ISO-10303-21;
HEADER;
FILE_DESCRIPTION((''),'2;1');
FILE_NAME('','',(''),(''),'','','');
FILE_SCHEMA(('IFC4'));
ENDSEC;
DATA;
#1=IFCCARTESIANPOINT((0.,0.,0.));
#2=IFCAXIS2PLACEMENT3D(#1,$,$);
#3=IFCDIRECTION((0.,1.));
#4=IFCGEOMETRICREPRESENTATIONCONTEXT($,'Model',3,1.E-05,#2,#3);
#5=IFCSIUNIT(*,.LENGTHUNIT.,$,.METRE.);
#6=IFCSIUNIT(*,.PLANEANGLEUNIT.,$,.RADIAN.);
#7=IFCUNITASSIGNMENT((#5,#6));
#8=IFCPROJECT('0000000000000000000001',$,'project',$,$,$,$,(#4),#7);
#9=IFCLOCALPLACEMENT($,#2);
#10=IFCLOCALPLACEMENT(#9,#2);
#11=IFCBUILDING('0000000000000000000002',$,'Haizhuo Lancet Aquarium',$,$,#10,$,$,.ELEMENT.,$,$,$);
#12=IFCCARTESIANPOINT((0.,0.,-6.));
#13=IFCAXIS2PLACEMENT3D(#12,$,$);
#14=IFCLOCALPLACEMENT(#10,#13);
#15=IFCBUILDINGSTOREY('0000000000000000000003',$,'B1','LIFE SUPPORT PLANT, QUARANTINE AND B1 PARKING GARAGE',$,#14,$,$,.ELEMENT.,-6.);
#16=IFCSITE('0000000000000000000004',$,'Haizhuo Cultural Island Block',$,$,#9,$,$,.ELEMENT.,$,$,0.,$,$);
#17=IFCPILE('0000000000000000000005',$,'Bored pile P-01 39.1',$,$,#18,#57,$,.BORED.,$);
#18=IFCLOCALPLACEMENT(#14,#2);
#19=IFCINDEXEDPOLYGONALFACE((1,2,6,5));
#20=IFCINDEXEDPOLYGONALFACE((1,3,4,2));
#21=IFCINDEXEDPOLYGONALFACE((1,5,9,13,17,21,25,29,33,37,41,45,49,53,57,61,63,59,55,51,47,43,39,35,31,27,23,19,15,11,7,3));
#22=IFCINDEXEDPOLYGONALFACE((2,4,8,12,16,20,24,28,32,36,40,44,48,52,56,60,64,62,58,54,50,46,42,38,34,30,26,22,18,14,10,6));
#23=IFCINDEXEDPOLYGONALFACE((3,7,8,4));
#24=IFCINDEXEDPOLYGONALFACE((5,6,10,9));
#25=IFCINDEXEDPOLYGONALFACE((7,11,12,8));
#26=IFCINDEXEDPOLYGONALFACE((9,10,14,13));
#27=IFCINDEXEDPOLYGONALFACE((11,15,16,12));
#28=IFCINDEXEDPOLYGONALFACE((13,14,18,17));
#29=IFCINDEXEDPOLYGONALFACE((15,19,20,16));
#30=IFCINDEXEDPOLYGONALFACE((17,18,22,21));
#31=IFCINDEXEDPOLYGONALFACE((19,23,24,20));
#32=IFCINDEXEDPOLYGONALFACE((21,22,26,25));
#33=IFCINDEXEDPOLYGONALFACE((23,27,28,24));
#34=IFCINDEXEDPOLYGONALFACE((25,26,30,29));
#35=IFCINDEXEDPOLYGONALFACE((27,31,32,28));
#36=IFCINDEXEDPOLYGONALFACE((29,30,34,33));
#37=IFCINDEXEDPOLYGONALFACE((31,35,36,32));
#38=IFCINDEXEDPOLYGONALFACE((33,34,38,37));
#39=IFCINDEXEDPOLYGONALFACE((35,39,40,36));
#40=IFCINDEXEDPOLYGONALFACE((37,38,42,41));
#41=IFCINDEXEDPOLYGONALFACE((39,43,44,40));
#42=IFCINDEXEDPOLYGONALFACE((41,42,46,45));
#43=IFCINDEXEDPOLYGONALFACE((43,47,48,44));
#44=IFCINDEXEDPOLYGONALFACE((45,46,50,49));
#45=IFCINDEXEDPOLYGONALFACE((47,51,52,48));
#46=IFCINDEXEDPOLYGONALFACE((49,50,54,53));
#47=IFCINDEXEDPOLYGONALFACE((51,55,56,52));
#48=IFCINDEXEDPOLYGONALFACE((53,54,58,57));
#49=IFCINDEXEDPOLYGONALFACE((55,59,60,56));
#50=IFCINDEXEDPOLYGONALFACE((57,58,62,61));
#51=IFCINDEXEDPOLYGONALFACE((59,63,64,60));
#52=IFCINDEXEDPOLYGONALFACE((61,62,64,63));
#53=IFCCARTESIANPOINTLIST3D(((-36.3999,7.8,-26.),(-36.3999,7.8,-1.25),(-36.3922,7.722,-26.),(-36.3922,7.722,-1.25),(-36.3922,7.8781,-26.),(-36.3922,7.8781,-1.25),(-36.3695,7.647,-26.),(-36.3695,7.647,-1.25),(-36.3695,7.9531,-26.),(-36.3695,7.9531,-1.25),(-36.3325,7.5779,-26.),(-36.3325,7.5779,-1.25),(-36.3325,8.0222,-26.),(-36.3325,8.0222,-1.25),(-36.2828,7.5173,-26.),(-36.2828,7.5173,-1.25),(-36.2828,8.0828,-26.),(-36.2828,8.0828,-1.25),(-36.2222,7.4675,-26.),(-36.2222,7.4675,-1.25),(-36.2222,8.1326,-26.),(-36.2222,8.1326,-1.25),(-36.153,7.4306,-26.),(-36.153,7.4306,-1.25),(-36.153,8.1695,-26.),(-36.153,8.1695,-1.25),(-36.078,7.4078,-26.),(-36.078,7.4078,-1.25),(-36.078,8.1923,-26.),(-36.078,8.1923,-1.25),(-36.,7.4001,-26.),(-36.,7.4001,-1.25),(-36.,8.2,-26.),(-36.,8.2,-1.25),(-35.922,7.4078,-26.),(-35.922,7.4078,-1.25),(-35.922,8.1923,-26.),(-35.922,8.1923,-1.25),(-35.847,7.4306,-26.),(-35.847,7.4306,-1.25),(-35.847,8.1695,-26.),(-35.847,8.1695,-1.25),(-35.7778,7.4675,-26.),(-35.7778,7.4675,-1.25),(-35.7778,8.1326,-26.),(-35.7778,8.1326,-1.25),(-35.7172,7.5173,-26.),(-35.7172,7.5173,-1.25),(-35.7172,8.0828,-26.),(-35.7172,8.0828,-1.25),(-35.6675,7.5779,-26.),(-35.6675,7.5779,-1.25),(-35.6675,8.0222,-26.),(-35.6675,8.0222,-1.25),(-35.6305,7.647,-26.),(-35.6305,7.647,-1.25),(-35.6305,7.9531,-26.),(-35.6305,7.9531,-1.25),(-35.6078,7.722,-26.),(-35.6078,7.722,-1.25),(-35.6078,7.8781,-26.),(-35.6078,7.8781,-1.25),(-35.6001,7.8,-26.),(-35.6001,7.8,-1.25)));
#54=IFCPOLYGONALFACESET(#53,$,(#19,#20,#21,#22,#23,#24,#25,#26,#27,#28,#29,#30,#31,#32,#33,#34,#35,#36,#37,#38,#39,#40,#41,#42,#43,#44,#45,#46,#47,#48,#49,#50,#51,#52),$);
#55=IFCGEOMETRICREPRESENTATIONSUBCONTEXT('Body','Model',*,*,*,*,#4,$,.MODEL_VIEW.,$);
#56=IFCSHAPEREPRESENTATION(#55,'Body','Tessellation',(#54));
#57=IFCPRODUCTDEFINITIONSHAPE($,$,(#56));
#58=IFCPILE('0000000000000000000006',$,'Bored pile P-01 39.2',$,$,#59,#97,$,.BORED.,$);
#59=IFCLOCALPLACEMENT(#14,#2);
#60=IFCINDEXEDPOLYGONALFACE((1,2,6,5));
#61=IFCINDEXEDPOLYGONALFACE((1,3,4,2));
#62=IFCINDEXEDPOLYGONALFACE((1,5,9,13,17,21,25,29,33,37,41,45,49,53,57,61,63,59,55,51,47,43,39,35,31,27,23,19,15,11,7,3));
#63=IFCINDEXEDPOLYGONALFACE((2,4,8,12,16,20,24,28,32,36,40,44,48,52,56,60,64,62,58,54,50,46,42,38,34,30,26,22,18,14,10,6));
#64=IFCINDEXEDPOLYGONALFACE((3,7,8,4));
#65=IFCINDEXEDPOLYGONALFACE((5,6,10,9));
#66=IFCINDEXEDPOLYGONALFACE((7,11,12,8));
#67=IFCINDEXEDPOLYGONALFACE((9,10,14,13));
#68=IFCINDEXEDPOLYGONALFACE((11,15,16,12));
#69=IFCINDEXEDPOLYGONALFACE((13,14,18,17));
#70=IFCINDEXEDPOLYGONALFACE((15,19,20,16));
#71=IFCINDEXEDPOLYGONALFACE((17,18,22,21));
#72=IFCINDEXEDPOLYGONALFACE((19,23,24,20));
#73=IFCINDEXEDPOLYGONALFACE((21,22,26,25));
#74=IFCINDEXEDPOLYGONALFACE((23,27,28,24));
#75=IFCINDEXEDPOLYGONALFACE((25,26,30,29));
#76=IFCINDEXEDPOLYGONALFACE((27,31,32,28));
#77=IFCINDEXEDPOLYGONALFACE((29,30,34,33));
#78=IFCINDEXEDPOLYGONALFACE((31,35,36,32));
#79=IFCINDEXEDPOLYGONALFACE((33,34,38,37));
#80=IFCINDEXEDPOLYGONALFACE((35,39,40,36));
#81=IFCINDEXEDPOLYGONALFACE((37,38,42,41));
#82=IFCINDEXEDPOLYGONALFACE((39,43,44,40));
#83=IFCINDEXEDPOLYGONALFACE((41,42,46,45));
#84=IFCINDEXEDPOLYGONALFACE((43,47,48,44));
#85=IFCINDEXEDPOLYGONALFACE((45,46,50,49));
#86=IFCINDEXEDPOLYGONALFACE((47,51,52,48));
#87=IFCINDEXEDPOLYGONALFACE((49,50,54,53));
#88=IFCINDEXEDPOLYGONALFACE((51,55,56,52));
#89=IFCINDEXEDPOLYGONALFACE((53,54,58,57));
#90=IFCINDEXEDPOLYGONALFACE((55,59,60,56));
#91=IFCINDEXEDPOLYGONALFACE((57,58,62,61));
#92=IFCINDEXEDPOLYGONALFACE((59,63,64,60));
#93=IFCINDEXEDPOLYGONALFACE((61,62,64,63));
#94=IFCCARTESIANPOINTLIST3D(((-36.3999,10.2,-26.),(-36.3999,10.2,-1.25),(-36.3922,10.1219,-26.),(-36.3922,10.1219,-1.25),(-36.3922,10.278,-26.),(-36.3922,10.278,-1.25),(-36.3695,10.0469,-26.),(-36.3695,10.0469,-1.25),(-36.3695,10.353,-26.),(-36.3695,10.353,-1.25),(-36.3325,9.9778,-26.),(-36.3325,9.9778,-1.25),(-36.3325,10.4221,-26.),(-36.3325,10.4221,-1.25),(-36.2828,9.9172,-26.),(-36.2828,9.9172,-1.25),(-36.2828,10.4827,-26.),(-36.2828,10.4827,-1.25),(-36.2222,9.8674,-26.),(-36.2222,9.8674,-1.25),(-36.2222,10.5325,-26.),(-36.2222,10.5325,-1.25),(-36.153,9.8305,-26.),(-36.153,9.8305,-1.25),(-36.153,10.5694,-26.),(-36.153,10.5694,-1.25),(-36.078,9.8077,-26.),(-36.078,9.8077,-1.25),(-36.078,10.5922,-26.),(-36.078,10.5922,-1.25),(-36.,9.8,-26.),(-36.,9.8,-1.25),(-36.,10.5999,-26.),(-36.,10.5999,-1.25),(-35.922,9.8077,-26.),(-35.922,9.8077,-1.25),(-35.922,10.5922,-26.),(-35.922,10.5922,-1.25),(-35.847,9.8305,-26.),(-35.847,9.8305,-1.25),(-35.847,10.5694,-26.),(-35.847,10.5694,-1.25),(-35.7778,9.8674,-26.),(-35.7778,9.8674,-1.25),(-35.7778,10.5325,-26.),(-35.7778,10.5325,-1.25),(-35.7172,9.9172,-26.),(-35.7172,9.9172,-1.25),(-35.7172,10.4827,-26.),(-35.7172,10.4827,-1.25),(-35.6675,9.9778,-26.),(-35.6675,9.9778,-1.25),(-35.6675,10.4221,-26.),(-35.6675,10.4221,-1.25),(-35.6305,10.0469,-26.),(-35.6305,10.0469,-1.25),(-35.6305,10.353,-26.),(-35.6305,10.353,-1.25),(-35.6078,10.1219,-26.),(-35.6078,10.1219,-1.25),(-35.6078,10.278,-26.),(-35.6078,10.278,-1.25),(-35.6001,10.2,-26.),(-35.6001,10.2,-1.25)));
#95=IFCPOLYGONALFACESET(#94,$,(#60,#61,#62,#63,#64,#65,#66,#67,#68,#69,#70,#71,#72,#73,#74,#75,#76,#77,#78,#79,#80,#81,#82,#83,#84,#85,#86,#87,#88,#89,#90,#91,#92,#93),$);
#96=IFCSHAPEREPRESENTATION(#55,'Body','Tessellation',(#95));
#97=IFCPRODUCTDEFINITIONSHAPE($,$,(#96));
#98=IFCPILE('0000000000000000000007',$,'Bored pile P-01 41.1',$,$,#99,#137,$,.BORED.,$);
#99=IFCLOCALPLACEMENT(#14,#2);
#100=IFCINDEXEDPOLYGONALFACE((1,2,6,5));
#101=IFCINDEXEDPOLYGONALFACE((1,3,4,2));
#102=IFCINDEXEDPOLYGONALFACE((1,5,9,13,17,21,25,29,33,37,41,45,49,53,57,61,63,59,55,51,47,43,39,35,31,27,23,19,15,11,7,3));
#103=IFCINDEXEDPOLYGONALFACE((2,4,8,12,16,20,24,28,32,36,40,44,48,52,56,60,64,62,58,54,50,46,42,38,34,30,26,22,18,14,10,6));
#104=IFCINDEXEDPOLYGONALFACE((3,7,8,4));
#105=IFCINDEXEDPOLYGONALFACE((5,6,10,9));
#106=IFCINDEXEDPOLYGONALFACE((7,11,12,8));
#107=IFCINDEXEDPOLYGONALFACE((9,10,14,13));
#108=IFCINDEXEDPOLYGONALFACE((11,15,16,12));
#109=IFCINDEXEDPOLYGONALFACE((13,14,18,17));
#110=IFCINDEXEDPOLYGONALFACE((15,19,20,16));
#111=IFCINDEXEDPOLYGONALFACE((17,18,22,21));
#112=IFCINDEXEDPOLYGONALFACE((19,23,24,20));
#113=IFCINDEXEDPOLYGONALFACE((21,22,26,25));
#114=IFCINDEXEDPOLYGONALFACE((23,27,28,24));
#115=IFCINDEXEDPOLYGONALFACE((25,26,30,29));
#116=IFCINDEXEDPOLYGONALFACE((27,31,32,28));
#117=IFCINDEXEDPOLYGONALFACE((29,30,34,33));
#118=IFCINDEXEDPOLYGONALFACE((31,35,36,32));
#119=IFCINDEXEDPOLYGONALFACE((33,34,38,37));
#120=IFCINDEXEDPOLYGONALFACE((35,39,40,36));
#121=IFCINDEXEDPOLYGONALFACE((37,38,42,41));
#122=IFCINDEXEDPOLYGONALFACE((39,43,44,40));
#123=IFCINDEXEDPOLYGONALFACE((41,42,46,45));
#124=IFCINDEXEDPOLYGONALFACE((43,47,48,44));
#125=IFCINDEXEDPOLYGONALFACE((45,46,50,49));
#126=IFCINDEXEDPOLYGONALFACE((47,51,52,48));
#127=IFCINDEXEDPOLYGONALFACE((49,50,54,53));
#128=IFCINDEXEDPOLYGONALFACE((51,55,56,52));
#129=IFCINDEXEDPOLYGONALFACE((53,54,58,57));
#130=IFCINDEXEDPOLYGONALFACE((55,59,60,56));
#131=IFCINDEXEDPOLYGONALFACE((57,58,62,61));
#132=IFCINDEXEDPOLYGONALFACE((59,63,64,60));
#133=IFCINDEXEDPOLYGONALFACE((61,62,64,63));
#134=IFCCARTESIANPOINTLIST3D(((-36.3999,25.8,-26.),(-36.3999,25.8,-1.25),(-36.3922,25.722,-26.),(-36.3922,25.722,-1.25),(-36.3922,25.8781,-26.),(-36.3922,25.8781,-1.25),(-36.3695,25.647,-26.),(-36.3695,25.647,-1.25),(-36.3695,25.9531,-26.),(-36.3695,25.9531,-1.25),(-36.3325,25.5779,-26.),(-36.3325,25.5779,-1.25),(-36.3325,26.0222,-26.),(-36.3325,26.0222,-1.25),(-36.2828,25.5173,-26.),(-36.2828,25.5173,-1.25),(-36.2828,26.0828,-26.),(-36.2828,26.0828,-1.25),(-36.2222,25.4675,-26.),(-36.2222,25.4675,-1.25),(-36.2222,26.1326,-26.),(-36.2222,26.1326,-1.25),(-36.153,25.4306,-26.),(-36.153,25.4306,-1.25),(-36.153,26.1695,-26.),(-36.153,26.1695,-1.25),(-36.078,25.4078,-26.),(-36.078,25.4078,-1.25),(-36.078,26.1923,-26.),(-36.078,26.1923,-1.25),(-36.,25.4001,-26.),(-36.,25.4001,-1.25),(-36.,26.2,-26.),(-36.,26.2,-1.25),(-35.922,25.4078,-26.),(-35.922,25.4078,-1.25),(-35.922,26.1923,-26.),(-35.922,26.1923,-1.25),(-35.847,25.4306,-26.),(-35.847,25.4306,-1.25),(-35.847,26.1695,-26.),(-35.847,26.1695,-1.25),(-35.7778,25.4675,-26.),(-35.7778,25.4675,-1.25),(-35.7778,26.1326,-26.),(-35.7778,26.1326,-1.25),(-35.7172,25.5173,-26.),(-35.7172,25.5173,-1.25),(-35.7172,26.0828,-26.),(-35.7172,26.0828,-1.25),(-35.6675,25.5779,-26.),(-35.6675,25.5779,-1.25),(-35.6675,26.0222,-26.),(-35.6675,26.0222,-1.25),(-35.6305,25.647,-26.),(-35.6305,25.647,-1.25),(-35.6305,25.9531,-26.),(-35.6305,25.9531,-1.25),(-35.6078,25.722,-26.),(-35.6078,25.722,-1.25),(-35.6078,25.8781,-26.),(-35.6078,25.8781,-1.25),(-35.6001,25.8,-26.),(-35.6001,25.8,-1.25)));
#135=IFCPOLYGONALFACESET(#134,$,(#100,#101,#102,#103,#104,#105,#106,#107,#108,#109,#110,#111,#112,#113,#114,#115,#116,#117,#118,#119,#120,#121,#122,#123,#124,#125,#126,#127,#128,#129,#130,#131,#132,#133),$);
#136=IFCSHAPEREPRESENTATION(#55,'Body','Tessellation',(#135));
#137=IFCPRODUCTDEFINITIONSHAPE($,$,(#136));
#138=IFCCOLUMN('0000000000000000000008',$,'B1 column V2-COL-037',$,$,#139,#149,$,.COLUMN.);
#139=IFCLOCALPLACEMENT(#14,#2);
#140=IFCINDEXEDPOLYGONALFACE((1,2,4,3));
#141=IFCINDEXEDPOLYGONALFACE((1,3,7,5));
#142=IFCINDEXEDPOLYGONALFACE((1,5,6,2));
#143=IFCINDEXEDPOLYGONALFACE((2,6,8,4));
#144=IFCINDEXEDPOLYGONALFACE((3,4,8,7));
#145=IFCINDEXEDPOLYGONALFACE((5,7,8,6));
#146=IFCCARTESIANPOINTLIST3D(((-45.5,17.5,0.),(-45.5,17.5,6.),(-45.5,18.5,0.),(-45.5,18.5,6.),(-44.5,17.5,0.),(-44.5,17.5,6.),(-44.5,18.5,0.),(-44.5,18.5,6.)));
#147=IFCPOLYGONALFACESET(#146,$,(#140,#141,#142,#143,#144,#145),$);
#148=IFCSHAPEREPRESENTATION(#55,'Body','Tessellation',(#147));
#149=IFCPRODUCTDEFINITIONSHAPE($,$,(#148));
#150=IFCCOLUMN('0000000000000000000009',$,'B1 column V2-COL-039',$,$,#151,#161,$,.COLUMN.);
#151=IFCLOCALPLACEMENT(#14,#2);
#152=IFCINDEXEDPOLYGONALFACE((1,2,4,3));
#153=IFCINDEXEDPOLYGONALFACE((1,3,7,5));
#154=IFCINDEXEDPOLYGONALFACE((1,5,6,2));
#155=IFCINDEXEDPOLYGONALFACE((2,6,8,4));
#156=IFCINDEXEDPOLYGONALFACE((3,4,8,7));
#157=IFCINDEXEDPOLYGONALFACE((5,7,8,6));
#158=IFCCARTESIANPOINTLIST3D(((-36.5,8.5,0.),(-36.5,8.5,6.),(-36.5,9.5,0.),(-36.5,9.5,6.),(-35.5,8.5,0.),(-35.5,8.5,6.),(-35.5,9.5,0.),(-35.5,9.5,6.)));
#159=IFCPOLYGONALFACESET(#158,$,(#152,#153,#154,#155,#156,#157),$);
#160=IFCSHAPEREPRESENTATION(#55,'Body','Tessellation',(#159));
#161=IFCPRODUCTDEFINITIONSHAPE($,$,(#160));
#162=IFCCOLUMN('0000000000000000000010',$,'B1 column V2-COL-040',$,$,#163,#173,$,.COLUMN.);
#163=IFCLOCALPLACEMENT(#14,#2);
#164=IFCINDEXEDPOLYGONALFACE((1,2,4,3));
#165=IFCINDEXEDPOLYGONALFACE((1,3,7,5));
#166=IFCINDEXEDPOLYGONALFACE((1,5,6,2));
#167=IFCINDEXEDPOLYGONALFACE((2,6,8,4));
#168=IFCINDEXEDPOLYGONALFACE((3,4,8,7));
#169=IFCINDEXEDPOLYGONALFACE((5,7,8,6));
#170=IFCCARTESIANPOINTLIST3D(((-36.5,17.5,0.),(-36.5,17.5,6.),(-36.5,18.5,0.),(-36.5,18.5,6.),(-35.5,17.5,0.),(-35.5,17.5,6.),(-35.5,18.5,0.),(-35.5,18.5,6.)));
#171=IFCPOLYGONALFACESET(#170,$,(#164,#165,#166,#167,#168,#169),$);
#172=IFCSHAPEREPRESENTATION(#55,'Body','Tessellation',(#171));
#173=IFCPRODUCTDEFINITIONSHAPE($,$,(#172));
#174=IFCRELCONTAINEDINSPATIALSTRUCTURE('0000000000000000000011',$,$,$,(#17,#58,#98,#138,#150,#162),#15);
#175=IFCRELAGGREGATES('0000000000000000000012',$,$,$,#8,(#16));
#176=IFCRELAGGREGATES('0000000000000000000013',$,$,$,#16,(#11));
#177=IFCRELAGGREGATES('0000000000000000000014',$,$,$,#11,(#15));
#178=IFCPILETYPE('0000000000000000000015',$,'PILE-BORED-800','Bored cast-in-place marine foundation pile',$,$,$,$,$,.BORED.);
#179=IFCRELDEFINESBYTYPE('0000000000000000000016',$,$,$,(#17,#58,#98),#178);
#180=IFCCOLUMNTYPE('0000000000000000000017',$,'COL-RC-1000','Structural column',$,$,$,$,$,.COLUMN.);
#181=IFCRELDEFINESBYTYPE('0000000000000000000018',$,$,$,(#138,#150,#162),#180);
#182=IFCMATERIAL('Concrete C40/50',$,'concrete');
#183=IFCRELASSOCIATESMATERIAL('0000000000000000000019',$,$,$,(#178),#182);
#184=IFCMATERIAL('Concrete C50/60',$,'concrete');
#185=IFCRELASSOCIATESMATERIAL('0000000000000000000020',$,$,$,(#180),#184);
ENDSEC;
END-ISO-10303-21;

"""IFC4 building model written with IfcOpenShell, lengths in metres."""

from ifc_helpers import new_model, si_unit, direction, frame, origin, origin_2d, place, context, subcontext, project, spatial, rectangle, circle, extrude, material, material_profile, profile_set, type_object, element, save


model = new_model("IFC4")

# Units and contexts
model_context = context("Model", 3, precision=1e-05, world=origin(), true_north=direction((0.0, 1.0)))
body_context = subcontext(model_context, "Body", "Model", "MODEL_VIEW")
ifc_project = project(units=[si_unit("LENGTHUNIT", "METRE"), si_unit("PLANEANGLEUNIT", "RADIAN")], contexts=[model_context])

# Site, building, storey
site_placement = place(None, origin())
site = spatial("IfcSite", under=ifc_project, at=site_placement, Name="Haizhuo Cultural Island Block", CompositionType="ELEMENT", RefElevation=0.0)
building_placement = place(site_placement, origin())
building = spatial("IfcBuilding", under=site, at=building_placement, Name="Haizhuo Lancet Aquarium", CompositionType="ELEMENT")
storey_placement = place(building_placement, frame((0.0, 0.0, -6.0)))
storey = spatial("IfcBuildingStorey", under=building, at=storey_placement, Name="B1", Description="LIFE SUPPORT PLANT, QUARANTINE AND B1 PARKING GARAGE", CompositionType="ELEMENT", Elevation=-6.0)

# Shared definitions
ifc_material_1 = material(Name="Concrete C40/50", Category="concrete")

# Piles
ifc_material_profile_1 = material_profile(ifc_material_1, circle(Radius=0.3999, at=origin_2d()), Name="PILE-800")
ifc_profile_set_1 = profile_set([ifc_material_profile_1], Name="Concrete C40/50")
pile_type_1 = type_object("IfcPileType", Name="PILE-BORED-800", Description="Bored cast-in-place marine foundation pile", PredefinedType="BORED", material=ifc_profile_set_1)
for number, where, z_axis, x_axis, name in (
    (1, (-36.0, 7.8, -1.25), (0.0, 0.0, -1.0), (1.0, 0.0, 0.0), "Bored pile P-01 39.1"),
    (2, (-36.0, 10.2, -1.25), (0.0, 0.0, -1.0), (1.0, 0.0, 0.0), "Bored pile P-01 39.2"),
    (3, (-36.0, 25.8, -1.25), (0.0, 0.0, -1.0), (1.0, 0.0, 0.0), "Bored pile P-01 41.1"),
):
    element("IfcPile", number, at=place(storey_placement, frame(where, z_axis=z_axis, x_axis=x_axis)), inside=storey, type_object=pile_type_1, Name=name, PredefinedType="BORED", context=body_context, shape_type="SweptSolid", body=[
        extrude(circle(Radius=0.3999, at=origin_2d()), origin(), (0.0, 0.0, 1.0), 24.75),
    ])

# Columns
ifc_material_2 = material(Name="Concrete C50/60", Category="concrete")
ifc_material_profile_2 = material_profile(ifc_material_2, rectangle(XDim=1.0, YDim=1.0, at=origin_2d()), Name="RC-COL 1000x1000")
ifc_profile_set_2 = profile_set([ifc_material_profile_2], Name="Concrete C50/60")
column_type = type_object("IfcColumnType", Name="COL-RC-1000", Description="Structural column", PredefinedType="COLUMN", material=ifc_profile_set_2)
for number, where, z_axis, x_axis, name in (
    (4, (-45.0, 18.0, 0.0), (0.0, 0.0, 1.0), (1.0, 0.0, 0.0), "B1 column V2-COL-037"),
    (5, (-36.0, 9.0, 0.0), (0.0, 0.0, 1.0), (1.0, 0.0, 0.0), "B1 column V2-COL-039"),
    (6, (-36.0, 18.0, 0.0), (0.0, 0.0, 1.0), (1.0, 0.0, 0.0), "B1 column V2-COL-040"),
):
    element("IfcColumn", number, at=place(storey_placement, frame(where, z_axis=z_axis, x_axis=x_axis)), inside=storey, type_object=column_type, Name=name, PredefinedType="COLUMN", context=body_context, shape_type="SweptSolid", body=[
        extrude(rectangle(XDim=1.0, YDim=1.0, at=origin_2d()), origin(), (0.0, 0.0, 1.0), 6.0),
    ])

save(model, "model.ifc")
